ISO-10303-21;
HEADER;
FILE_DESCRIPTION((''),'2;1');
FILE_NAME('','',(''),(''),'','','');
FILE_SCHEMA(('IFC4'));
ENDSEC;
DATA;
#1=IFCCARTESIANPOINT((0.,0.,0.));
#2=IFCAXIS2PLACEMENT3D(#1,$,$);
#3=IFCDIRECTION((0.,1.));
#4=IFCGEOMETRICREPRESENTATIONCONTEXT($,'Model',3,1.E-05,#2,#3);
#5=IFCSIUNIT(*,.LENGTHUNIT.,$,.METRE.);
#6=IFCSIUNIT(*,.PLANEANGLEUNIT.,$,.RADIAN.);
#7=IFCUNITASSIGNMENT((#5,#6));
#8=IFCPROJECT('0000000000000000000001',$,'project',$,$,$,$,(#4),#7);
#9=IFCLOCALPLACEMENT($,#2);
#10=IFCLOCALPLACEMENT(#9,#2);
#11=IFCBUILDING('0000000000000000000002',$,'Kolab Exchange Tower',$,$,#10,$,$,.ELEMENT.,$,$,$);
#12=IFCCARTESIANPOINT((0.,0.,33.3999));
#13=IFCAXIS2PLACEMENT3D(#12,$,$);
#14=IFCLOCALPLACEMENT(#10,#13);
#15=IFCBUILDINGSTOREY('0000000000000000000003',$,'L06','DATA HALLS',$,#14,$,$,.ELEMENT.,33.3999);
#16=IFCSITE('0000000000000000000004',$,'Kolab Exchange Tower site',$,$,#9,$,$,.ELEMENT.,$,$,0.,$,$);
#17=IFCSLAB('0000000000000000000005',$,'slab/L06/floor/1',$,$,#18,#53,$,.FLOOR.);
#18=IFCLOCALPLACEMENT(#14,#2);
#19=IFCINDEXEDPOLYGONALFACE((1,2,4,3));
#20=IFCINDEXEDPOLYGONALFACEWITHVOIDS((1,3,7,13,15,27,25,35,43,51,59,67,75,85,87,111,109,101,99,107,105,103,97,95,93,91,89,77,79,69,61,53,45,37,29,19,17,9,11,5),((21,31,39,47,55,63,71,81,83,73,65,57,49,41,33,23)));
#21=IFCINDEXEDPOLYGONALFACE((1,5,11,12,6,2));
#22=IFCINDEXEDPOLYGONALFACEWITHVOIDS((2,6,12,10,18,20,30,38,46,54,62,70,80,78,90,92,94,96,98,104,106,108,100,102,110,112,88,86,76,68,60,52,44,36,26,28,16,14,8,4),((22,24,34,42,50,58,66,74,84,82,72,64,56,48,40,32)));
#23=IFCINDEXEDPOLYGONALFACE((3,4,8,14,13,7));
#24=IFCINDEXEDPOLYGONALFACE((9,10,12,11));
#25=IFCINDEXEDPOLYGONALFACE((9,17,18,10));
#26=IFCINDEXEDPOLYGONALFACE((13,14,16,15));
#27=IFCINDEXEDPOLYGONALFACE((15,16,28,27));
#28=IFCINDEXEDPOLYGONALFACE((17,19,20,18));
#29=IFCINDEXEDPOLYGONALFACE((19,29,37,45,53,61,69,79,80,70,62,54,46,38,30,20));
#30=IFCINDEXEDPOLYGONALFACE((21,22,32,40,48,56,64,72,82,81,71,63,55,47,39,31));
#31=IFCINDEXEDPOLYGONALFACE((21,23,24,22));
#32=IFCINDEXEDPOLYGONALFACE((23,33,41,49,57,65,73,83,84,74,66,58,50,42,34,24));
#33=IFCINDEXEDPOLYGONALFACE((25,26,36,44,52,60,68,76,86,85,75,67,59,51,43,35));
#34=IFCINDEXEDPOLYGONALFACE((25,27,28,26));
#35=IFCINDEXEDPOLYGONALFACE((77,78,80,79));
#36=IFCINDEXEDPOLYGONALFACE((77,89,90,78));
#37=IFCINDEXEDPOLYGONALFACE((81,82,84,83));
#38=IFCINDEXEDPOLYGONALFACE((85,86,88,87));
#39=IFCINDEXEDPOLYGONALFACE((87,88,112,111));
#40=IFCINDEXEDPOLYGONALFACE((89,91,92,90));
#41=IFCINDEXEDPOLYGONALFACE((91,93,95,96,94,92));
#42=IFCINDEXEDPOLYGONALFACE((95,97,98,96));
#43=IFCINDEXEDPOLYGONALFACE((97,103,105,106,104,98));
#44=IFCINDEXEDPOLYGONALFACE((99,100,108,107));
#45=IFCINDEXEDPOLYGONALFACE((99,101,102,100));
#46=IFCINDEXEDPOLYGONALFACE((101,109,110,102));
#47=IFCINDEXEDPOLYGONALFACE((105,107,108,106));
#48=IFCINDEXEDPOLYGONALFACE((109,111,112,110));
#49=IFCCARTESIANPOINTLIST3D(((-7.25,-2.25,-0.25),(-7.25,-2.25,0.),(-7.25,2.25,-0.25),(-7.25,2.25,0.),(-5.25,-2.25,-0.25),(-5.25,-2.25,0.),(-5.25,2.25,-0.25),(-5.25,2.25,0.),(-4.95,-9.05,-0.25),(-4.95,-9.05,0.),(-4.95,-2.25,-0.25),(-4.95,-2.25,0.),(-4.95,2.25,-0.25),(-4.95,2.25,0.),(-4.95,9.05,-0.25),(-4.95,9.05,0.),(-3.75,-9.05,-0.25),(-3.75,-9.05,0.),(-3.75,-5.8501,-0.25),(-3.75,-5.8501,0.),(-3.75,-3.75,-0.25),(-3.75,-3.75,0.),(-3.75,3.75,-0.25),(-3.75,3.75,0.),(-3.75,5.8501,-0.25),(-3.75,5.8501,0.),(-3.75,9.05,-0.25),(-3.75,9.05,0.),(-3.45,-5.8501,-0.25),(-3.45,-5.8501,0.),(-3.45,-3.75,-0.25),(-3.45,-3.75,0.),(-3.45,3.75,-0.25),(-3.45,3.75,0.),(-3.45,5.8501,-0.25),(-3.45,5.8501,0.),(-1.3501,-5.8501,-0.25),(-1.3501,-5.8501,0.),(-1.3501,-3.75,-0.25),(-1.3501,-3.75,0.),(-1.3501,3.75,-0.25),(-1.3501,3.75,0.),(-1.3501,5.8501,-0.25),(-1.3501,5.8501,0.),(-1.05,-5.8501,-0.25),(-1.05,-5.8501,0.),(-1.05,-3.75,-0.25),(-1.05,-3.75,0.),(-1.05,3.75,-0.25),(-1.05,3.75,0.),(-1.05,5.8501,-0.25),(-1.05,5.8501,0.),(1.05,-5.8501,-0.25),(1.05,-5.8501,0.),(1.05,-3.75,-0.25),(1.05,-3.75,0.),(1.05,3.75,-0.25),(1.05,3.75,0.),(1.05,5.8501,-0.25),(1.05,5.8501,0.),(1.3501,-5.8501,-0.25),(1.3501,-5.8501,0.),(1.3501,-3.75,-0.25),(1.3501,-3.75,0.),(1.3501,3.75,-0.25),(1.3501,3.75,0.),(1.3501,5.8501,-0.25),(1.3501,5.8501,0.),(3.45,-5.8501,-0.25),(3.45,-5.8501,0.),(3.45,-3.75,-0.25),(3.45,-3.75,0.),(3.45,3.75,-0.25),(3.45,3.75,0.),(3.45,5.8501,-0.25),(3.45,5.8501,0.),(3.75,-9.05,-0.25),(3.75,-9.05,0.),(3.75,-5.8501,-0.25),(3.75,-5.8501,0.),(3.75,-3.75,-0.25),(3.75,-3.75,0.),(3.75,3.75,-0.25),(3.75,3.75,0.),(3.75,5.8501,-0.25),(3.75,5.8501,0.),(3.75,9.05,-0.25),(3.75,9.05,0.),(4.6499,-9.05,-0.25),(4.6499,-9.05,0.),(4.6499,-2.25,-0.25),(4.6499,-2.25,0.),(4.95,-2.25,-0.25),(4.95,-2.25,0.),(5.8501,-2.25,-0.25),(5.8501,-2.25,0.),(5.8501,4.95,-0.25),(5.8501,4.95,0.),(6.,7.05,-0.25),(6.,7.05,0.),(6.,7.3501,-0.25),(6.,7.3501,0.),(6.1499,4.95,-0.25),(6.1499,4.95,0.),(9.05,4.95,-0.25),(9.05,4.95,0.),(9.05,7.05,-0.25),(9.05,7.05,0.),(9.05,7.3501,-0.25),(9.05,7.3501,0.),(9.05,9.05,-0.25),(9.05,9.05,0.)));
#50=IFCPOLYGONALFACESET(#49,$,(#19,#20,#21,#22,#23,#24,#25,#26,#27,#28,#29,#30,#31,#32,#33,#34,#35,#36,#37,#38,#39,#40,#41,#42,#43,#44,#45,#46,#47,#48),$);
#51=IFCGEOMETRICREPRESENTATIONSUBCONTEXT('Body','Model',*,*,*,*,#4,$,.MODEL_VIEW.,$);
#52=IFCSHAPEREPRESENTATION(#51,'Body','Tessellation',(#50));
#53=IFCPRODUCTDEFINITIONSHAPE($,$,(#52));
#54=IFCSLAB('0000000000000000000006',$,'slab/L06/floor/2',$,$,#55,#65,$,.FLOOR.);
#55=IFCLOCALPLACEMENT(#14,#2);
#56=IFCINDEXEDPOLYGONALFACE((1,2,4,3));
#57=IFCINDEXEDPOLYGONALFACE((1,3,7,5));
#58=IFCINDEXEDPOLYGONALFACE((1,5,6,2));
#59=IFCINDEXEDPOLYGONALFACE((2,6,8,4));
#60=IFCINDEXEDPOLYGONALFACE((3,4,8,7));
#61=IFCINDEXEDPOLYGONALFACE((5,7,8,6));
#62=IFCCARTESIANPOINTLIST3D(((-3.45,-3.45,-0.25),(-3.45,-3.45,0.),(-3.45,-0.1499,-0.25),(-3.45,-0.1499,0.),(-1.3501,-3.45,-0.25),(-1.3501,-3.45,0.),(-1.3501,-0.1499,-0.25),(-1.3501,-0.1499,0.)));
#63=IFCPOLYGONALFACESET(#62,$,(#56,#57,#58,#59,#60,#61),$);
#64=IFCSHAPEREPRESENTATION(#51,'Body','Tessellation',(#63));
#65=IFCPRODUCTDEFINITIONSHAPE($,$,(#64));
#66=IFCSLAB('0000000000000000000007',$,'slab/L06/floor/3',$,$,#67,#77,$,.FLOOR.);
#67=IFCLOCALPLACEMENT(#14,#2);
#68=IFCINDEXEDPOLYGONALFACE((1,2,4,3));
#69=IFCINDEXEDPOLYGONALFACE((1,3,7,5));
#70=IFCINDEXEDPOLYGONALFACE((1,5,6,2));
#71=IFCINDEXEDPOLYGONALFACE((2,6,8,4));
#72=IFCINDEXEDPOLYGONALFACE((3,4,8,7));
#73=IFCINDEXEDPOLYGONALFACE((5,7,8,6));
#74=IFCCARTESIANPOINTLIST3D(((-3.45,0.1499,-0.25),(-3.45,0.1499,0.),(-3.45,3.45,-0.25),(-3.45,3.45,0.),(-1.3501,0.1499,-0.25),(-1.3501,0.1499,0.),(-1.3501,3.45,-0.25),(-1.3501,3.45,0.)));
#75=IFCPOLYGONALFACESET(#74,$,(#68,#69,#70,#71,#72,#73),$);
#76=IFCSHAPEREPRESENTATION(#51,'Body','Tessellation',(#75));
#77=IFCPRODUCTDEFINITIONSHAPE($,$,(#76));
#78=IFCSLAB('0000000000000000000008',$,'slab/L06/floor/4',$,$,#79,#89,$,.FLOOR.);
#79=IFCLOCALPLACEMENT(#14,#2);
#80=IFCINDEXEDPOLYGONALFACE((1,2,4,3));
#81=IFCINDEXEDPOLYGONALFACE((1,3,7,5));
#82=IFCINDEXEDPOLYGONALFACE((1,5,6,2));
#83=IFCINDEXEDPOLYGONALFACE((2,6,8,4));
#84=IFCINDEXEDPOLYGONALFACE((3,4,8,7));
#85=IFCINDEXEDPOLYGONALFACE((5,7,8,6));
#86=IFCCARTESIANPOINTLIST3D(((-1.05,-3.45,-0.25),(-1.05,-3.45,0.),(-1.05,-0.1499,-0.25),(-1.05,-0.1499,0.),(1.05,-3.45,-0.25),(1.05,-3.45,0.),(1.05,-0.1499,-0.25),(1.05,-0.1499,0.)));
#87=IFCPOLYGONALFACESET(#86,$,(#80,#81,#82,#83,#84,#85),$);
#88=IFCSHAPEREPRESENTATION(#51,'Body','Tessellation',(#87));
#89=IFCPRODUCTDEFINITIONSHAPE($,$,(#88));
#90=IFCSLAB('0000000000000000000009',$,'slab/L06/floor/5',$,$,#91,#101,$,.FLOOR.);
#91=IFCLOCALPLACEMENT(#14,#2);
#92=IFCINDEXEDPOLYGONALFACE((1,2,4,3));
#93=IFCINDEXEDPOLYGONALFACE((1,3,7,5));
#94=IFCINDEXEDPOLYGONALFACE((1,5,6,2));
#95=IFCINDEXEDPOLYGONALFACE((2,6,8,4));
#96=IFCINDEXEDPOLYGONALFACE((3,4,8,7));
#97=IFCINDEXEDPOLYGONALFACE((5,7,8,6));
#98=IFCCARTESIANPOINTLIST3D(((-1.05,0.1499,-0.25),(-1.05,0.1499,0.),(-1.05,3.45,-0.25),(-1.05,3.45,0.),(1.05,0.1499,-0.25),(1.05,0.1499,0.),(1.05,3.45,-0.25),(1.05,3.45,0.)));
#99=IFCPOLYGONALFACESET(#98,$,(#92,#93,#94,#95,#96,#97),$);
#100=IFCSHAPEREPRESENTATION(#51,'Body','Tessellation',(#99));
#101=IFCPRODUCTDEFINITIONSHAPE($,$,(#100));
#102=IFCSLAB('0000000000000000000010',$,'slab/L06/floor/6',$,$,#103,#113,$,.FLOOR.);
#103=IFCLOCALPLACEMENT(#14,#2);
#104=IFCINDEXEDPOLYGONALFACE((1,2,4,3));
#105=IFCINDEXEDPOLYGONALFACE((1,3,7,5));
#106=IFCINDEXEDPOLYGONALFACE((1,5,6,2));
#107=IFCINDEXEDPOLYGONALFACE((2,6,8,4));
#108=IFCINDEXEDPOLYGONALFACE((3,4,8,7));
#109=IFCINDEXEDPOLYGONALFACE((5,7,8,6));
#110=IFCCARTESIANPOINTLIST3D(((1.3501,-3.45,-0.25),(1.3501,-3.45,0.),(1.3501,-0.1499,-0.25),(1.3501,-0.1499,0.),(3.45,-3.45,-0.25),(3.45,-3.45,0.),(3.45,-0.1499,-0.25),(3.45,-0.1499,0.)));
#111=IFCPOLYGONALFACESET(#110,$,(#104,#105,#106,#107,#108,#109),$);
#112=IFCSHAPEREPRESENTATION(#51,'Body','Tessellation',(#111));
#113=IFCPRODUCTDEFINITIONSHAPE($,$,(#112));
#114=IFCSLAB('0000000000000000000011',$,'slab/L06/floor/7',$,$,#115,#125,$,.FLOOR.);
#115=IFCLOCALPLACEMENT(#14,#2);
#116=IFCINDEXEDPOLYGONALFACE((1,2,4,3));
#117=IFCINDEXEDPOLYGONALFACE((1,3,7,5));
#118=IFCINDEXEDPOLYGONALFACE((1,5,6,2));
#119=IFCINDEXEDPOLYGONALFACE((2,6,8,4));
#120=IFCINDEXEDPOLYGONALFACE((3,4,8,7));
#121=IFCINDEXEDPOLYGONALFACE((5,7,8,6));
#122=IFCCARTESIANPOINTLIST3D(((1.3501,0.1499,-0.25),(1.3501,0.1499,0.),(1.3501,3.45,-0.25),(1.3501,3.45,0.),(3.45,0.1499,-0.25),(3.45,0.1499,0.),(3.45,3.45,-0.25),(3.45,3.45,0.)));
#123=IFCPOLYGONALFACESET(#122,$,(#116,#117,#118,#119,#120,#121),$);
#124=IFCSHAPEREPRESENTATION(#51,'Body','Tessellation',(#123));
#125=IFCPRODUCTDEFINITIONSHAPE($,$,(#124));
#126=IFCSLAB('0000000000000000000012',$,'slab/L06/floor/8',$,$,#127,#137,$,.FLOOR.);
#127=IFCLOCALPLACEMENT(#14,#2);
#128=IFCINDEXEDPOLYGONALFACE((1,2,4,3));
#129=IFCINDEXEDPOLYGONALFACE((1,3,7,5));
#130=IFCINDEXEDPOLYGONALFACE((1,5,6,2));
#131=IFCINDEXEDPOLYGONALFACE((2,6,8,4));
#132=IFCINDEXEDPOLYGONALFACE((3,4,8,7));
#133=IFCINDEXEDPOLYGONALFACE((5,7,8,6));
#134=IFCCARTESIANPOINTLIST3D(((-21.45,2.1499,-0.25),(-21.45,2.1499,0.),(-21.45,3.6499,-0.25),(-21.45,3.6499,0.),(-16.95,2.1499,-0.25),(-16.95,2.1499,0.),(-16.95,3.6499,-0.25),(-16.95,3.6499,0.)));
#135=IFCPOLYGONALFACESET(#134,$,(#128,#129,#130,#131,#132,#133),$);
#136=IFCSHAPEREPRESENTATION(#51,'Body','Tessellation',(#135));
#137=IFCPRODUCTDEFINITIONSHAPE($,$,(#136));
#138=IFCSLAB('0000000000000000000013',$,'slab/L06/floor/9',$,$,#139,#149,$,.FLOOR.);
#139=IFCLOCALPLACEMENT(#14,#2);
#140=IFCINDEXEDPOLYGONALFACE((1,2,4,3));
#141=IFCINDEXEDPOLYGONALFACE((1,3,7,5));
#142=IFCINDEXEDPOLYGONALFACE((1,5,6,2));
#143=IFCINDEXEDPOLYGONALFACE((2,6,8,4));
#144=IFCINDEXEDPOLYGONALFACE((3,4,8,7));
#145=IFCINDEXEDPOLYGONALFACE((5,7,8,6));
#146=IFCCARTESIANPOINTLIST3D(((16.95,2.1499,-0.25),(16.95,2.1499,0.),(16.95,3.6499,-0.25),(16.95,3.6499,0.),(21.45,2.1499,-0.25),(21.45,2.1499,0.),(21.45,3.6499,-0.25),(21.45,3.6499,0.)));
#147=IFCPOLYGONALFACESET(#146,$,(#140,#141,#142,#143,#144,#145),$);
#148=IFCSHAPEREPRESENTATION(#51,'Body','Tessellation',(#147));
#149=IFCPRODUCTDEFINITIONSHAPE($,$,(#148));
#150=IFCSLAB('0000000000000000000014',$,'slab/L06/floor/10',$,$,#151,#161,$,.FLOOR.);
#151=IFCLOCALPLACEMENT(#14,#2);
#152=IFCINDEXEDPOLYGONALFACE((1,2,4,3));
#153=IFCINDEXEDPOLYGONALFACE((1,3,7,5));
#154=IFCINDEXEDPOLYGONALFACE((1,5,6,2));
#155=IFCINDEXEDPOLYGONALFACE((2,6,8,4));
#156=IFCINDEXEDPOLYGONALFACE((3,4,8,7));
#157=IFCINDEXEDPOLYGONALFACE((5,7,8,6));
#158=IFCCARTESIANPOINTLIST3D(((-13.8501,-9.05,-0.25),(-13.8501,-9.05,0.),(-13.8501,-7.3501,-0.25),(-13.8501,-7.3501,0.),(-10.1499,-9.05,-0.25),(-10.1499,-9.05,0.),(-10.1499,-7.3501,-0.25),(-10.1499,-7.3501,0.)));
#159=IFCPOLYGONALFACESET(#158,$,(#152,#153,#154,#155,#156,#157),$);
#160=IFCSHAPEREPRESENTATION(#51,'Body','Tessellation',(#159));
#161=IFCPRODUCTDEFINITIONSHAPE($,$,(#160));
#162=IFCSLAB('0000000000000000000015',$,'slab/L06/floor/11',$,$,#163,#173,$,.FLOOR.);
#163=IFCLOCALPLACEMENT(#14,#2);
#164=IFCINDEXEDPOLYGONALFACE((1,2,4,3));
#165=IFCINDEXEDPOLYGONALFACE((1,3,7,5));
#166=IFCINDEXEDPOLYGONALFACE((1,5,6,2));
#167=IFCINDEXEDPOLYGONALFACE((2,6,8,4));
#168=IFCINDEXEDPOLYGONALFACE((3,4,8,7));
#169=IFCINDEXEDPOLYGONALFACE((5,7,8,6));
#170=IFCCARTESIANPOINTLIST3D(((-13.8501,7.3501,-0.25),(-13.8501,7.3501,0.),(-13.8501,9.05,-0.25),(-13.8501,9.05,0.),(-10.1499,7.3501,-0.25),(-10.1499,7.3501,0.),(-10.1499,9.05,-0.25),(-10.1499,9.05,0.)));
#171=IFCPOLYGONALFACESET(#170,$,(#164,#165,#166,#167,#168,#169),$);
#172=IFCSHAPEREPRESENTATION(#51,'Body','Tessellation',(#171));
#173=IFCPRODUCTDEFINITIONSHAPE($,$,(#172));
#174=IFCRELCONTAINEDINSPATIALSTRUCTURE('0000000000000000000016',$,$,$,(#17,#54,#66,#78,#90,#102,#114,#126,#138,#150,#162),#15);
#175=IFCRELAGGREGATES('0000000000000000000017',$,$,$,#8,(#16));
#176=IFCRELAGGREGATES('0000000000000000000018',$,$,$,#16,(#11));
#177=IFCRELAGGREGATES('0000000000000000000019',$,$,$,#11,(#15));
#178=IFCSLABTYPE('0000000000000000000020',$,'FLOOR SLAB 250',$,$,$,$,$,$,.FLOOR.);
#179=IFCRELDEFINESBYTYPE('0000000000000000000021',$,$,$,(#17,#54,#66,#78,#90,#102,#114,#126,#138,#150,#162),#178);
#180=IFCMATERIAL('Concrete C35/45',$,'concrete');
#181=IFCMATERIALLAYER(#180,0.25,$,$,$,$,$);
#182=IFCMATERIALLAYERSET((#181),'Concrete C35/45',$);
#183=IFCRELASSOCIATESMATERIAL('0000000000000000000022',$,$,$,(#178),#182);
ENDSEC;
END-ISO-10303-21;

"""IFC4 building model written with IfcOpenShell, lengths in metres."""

from ifc_helpers import new_model, si_unit, direction, frame, origin, place, context, subcontext, project, spatial, polyline, outline, extrude, material, layer, layer_set, type_object, element, save


model = new_model("IFC4")

# Units and contexts
model_context = context("Model", 3, precision=1e-05, world=origin(), true_north=direction((0.0, 1.0)))
body_context = subcontext(model_context, "Body", "Model", "MODEL_VIEW")
ifc_project = project(units=[si_unit("LENGTHUNIT", "METRE"), si_unit("PLANEANGLEUNIT", "RADIAN")], contexts=[model_context])

# Site, building, storey
site_placement = place(None, origin())
site = spatial("IfcSite", under=ifc_project, at=site_placement, Name="Kolab Exchange Tower site", CompositionType="ELEMENT", RefElevation=0.0)
building_placement = place(site_placement, origin())
building = spatial("IfcBuilding", under=site, at=building_placement, Name="Kolab Exchange Tower", CompositionType="ELEMENT")
storey_placement = place(building_placement, frame((0.0, 0.0, 33.3999)))
storey = spatial("IfcBuildingStorey", under=building, at=storey_placement, Name="L06", Description="DATA HALLS", CompositionType="ELEMENT", Elevation=33.3999)

# Slabs
ifc_material_1 = material(Name="Concrete C35/45", Category="concrete")
ifc_layer_1 = layer(ifc_material_1, 0.25)
ifc_layer_set_1 = layer_set([ifc_layer_1], Name="Concrete C35/45")
slab_type = type_object("IfcSlabType", Name="FLOOR SLAB 250", PredefinedType="FLOOR", material=ifc_layer_set_1)
slab_1_placement = place(storey_placement, frame((0.0, 0.0, -0.25)))
element("IfcSlab", 1, at=slab_1_placement, inside=storey, type_object=slab_type, Name="slab/L06/floor/1", PredefinedType="FLOOR", context=body_context, shape_type="SweptSolid", body=[
    extrude(outline(polyline([(-5.25, 2.25), (-7.25, 2.25), (-7.25, -2.25), (-5.25, -2.25), (-4.95, -2.25), (-4.95, -9.05), (-3.75, -9.05), (-3.75, -5.8501), (-3.45, -5.8501), (-1.3501, -5.8501), (-1.05, -5.8501), (1.05, -5.8501), (1.3501, -5.8501), (3.45, -5.8501), (3.75, -5.8501), (3.75, -9.05), (4.6499, -9.05), (4.6499, -2.25), (4.95, -2.25), (5.8501, -2.25), (5.8501, 4.95), (6.1499, 4.95), (9.05, 4.95), (9.05, 7.05), (6.0, 7.05), (6.0, 7.3501), (9.05, 7.3501), (9.05, 9.05), (3.75, 9.05), (3.75, 5.8501), (3.45, 5.8501), (1.3501, 5.8501), (1.05, 5.8501), (-1.05, 5.8501), (-1.3501, 5.8501), (-3.45, 5.8501), (-3.75, 5.8501), (-3.75, 9.05), (-4.95, 9.05), (-4.95, 2.25), (-5.25, 2.25)]), holes=[polyline([(-1.3501, 3.75), (-1.05, 3.75), (1.05, 3.75), (1.3501, 3.75), (3.45, 3.75), (3.75, 3.75), (3.75, -3.75), (3.45, -3.75), (1.3501, -3.75), (1.05, -3.75), (-1.05, -3.75), (-1.3501, -3.75), (-3.45, -3.75), (-3.75, -3.75), (-3.75, 3.75), (-3.45, 3.75), (-1.3501, 3.75)])]), origin(), (0.0, 0.0, 1.0), 0.25),
])
slab_2_placement = place(storey_placement, frame((0.0, 0.0, -0.25)))
element("IfcSlab", 2, at=slab_2_placement, inside=storey, type_object=slab_type, Name="slab/L06/floor/2", PredefinedType="FLOOR", context=body_context, shape_type="SweptSolid", body=[
    extrude(outline(polyline([(-3.45, -3.45), (-1.3501, -3.45), (-1.3501, -0.1499), (-3.45, -0.1499), (-3.45, -3.45)])), origin(), (0.0, 0.0, 1.0), 0.25),
])
slab_3_placement = place(storey_placement, frame((0.0, 0.0, -0.25)))
element("IfcSlab", 3, at=slab_3_placement, inside=storey, type_object=slab_type, Name="slab/L06/floor/3", PredefinedType="FLOOR", context=body_context, shape_type="SweptSolid", body=[
    extrude(outline(polyline([(-1.3501, 0.1499), (-1.3501, 3.45), (-3.45, 3.45), (-3.45, 0.1499), (-1.3501, 0.1499)])), origin(), (0.0, 0.0, 1.0), 0.25),
])
slab_4_placement = place(storey_placement, frame((0.0, 0.0, -0.25)))
element("IfcSlab", 4, at=slab_4_placement, inside=storey, type_object=slab_type, Name="slab/L06/floor/4", PredefinedType="FLOOR", context=body_context, shape_type="SweptSolid", body=[
    extrude(outline(polyline([(-1.05, -0.1499), (-1.05, -3.45), (1.05, -3.45), (1.05, -0.1499), (-1.05, -0.1499)])), origin(), (0.0, 0.0, 1.0), 0.25),
])
slab_5_placement = place(storey_placement, frame((0.0, 0.0, -0.25)))
element("IfcSlab", 5, at=slab_5_placement, inside=storey, type_object=slab_type, Name="slab/L06/floor/5", PredefinedType="FLOOR", context=body_context, shape_type="SweptSolid", body=[
    extrude(outline(polyline([(-1.05, 3.45), (-1.05, 0.1499), (1.05, 0.1499), (1.05, 3.45), (-1.05, 3.45)])), origin(), (0.0, 0.0, 1.0), 0.25),
])
slab_6_placement = place(storey_placement, frame((0.0, 0.0, -0.25)))
element("IfcSlab", 6, at=slab_6_placement, inside=storey, type_object=slab_type, Name="slab/L06/floor/6", PredefinedType="FLOOR", context=body_context, shape_type="SweptSolid", body=[
    extrude(outline(polyline([(1.3501, -3.45), (3.45, -3.45), (3.45, -0.1499), (1.3501, -0.1499), (1.3501, -3.45)])), origin(), (0.0, 0.0, 1.0), 0.25),
])
slab_7_placement = place(storey_placement, frame((0.0, 0.0, -0.25)))
element("IfcSlab", 7, at=slab_7_placement, inside=storey, type_object=slab_type, Name="slab/L06/floor/7", PredefinedType="FLOOR", context=body_context, shape_type="SweptSolid", body=[
    extrude(outline(polyline([(1.3501, 0.1499), (3.45, 0.1499), (3.45, 3.45), (1.3501, 3.45), (1.3501, 0.1499)])), origin(), (0.0, 0.0, 1.0), 0.25),
])
slab_8_placement = place(storey_placement, frame((0.0, 0.0, -0.25)))
element("IfcSlab", 8, at=slab_8_placement, inside=storey, type_object=slab_type, Name="slab/L06/floor/8", PredefinedType="FLOOR", context=body_context, shape_type="SweptSolid", body=[
    extrude(outline(polyline([(-21.45, 3.6499), (-21.45, 2.1499), (-16.95, 2.1499), (-16.95, 3.6499), (-21.45, 3.6499)])), origin(), (0.0, 0.0, 1.0), 0.25),
])
slab_9_placement = place(storey_placement, frame((0.0, 0.0, -0.25)))
element("IfcSlab", 9, at=slab_9_placement, inside=storey, type_object=slab_type, Name="slab/L06/floor/9", PredefinedType="FLOOR", context=body_context, shape_type="SweptSolid", body=[
    extrude(outline(polyline([(21.45, 3.6499), (16.95, 3.6499), (16.95, 2.1499), (21.45, 2.1499), (21.45, 3.6499)])), origin(), (0.0, 0.0, 1.0), 0.25),
])
slab_10_placement = place(storey_placement, frame((0.0, 0.0, -0.25)))
element("IfcSlab", 10, at=slab_10_placement, inside=storey, type_object=slab_type, Name="slab/L06/floor/10", PredefinedType="FLOOR", context=body_context, shape_type="SweptSolid", body=[
    extrude(outline(polyline([(-10.1499, -9.05), (-10.1499, -7.3501), (-13.8501, -7.3501), (-13.8501, -9.05), (-10.1499, -9.05)])), origin(), (0.0, 0.0, 1.0), 0.25),
])
slab_11_placement = place(storey_placement, frame((0.0, 0.0, -0.25)))
element("IfcSlab", 11, at=slab_11_placement, inside=storey, type_object=slab_type, Name="slab/L06/floor/11", PredefinedType="FLOOR", context=body_context, shape_type="SweptSolid", body=[
    extrude(outline(polyline([(-13.8501, 7.3501), (-10.1499, 7.3501), (-10.1499, 9.05), (-13.8501, 9.05), (-13.8501, 7.3501)])), origin(), (0.0, 0.0, 1.0), 0.25),
])

save(model, "model.ifc")
